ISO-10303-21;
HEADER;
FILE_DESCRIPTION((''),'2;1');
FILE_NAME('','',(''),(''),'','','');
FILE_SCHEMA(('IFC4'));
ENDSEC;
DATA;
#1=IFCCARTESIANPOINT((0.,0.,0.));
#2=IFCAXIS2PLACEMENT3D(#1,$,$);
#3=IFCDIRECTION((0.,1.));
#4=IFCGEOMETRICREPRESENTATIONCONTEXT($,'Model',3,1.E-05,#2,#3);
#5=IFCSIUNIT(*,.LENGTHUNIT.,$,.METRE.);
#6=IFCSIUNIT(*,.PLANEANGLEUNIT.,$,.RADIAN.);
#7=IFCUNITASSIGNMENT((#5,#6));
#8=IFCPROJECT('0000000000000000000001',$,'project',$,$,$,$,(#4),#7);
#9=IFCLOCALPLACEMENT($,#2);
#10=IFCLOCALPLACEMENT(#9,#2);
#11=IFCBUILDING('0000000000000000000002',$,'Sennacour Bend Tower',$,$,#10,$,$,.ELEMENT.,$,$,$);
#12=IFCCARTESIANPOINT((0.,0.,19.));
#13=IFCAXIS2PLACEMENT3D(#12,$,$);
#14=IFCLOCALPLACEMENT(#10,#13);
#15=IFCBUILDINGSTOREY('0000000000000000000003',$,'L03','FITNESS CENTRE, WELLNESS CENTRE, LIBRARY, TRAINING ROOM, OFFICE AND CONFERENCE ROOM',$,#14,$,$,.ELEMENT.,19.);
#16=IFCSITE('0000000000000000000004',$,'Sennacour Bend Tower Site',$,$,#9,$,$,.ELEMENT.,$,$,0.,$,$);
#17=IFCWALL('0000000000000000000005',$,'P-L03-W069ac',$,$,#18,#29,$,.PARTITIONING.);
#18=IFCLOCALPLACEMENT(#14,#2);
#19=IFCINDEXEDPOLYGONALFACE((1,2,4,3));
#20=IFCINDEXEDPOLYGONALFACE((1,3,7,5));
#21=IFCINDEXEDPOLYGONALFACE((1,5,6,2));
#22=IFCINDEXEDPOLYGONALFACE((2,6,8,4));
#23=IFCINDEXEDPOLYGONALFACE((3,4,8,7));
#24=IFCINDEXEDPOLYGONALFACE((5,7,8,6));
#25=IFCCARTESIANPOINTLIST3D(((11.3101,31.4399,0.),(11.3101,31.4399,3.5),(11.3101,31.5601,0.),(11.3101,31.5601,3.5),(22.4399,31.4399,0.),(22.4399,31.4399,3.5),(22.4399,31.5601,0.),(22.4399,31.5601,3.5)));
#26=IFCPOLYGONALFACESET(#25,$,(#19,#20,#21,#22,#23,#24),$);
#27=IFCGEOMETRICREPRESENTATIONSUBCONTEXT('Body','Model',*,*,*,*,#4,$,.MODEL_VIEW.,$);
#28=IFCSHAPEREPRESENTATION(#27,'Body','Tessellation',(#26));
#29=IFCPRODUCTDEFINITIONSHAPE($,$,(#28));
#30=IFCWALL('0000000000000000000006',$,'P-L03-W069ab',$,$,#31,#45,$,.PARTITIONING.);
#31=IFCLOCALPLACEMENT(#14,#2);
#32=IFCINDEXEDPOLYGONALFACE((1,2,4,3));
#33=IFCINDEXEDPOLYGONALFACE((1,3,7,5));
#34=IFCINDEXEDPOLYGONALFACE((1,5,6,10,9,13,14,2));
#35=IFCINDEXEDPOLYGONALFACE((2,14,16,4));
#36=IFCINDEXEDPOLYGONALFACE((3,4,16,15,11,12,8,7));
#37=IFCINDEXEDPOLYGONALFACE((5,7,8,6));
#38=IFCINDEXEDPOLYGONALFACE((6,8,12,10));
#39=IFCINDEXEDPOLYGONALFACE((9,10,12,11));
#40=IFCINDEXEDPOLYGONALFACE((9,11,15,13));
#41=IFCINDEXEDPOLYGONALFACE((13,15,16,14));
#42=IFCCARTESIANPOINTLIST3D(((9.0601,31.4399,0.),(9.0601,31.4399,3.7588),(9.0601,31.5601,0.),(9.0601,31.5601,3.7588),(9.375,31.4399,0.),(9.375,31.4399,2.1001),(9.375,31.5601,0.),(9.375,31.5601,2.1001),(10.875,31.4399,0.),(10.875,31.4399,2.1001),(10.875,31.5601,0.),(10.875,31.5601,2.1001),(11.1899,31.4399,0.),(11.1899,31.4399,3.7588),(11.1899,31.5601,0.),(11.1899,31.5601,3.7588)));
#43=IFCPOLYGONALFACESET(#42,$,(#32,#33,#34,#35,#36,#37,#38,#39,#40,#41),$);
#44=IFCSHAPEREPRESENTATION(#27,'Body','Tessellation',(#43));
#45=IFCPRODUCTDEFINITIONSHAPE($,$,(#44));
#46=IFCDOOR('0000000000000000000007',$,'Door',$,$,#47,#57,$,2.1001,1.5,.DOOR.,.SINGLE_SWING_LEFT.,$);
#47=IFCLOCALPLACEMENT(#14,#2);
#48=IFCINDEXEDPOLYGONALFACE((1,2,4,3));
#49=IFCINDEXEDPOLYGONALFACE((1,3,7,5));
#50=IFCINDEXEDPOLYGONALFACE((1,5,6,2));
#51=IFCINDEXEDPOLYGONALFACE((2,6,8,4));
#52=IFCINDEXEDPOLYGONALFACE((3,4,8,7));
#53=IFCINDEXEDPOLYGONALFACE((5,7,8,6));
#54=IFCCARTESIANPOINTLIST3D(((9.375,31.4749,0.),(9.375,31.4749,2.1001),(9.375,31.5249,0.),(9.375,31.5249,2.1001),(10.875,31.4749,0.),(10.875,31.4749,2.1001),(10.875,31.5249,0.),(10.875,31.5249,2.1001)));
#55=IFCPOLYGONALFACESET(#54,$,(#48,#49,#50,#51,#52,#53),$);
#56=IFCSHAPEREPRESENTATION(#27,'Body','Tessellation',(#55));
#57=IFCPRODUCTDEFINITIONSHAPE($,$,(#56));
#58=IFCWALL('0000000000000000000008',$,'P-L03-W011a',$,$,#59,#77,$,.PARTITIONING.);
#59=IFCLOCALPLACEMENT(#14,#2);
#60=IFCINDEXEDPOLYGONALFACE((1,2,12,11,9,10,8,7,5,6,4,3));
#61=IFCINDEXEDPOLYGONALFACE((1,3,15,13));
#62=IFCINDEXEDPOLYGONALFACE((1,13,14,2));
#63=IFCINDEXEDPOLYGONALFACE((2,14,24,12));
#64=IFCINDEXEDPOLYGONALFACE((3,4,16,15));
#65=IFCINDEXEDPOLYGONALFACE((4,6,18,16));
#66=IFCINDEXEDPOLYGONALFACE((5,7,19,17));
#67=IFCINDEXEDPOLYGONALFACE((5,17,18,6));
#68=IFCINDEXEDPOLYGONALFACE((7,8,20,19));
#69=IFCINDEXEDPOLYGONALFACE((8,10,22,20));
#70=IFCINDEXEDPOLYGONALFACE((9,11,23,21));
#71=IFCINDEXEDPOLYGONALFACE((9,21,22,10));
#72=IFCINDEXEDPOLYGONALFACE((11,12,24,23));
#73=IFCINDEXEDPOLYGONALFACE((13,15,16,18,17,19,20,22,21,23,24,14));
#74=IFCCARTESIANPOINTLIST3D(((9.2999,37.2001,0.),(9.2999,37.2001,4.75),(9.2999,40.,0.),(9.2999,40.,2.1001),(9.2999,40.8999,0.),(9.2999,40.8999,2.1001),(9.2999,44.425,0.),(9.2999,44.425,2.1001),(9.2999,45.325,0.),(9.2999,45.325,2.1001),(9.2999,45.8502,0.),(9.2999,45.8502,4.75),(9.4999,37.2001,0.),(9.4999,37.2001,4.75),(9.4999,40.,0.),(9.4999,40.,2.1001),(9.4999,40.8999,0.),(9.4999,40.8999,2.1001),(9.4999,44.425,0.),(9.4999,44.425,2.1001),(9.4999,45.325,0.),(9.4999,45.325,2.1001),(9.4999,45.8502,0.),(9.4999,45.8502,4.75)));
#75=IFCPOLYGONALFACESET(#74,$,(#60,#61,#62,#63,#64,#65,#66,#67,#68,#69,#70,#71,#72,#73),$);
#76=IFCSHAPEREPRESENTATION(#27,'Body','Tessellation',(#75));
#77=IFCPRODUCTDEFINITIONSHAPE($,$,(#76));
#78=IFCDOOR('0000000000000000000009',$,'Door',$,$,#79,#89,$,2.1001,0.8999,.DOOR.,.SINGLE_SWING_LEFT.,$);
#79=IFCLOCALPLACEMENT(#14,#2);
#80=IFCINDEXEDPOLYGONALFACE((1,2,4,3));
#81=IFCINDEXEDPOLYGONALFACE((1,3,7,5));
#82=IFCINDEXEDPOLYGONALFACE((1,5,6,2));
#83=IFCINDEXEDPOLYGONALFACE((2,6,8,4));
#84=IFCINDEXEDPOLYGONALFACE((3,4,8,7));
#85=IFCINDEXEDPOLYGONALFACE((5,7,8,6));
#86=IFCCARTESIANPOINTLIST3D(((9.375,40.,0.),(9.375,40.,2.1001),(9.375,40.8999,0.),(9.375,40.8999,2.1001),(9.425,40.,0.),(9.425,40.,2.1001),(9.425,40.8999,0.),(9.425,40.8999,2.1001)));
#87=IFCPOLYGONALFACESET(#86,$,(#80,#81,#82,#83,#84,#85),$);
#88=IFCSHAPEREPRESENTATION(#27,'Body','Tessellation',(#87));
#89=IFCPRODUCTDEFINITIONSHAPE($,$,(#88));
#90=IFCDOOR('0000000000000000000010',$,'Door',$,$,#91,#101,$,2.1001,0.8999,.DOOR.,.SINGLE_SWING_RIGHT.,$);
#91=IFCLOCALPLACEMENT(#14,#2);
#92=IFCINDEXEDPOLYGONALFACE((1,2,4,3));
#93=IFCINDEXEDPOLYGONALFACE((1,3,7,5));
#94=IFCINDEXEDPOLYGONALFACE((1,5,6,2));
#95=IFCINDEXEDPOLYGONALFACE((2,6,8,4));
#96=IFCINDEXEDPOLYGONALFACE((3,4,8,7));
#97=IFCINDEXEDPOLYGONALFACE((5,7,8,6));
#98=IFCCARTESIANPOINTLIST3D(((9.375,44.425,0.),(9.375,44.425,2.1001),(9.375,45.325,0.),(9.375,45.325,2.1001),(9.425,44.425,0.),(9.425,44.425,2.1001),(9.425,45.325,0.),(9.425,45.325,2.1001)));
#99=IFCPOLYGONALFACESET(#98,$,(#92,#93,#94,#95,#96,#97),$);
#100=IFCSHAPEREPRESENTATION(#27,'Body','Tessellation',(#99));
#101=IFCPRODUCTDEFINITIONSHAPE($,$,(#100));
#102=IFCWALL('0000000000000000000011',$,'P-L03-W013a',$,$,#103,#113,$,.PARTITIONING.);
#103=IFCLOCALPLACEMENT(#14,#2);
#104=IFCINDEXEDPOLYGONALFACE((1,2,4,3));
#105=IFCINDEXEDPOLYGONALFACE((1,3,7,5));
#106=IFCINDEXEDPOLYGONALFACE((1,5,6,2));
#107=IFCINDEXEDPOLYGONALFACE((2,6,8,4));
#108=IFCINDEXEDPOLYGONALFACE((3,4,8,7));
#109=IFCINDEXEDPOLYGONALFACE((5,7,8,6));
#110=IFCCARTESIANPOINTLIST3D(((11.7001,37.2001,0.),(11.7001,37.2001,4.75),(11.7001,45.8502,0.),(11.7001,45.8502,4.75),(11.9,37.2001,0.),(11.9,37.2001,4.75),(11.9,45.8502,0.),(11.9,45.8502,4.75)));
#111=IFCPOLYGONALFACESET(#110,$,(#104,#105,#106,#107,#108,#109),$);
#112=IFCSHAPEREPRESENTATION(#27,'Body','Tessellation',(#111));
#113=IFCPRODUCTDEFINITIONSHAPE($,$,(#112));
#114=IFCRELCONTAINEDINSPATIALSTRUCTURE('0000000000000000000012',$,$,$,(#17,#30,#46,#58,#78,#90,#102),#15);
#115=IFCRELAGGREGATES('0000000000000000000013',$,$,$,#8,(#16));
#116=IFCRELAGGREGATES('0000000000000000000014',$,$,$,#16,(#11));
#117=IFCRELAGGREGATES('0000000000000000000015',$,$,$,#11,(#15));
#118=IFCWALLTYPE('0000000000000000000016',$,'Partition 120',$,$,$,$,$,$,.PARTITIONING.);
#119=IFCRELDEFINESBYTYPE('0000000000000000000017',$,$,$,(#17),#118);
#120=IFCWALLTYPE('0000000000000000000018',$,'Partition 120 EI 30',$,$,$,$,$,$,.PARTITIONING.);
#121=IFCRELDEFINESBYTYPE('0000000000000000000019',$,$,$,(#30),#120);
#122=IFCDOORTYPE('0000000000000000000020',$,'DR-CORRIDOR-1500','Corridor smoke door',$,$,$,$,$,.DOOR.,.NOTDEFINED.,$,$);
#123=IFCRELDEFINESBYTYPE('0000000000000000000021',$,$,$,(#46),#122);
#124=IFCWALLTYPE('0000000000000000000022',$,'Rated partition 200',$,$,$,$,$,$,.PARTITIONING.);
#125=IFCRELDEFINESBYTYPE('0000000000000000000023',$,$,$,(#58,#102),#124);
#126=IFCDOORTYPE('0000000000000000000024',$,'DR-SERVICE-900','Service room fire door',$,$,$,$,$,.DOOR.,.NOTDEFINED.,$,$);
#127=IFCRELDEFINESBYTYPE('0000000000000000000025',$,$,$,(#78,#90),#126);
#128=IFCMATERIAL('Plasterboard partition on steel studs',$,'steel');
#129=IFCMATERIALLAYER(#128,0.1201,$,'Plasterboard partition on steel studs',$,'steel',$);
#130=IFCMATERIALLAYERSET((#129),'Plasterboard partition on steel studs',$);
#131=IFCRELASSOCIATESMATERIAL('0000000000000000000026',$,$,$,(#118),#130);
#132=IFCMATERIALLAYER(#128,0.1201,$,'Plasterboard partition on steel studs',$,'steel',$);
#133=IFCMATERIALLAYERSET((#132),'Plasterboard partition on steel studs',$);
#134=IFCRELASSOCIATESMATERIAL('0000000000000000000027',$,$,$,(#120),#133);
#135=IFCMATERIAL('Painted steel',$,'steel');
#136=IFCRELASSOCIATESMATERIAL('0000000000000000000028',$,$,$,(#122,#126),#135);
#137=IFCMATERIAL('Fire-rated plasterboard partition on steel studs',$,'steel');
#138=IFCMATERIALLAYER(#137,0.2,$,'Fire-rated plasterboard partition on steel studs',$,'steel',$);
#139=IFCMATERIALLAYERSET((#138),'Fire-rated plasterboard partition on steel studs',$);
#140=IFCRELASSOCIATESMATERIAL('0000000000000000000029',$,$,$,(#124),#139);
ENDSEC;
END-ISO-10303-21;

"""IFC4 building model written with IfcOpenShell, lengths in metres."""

from ifc_helpers import new_model, si_unit, direction, frame, frame_2d, origin, place, context, subcontext, project, spatial, rectangle, extrude, material, layer, layer_set, type_object, element, fill, save


model = new_model("IFC4")

# Units and contexts
model_context = context("Model", 3, precision=1e-05, world=origin(), true_north=direction((0.0, 1.0)))
body_context = subcontext(model_context, "Body", "Model", "MODEL_VIEW")
ifc_project = project(units=[si_unit("LENGTHUNIT", "METRE"), si_unit("PLANEANGLEUNIT", "RADIAN")], contexts=[model_context])

# Site, building, storey
site_placement = place(None, origin())
site = spatial("IfcSite", under=ifc_project, at=site_placement, Name="Sennacour Bend Tower Site", CompositionType="ELEMENT", RefElevation=0.0)
building_placement = place(site_placement, origin())
building = spatial("IfcBuilding", under=site, at=building_placement, Name="Sennacour Bend Tower", CompositionType="ELEMENT")
storey_placement = place(building_placement, frame((0.0, 0.0, 19.0)))
storey = spatial("IfcBuildingStorey", under=building, at=storey_placement, Name="L03", Description="FITNESS CENTRE, WELLNESS CENTRE, LIBRARY, TRAINING ROOM, OFFICE AND CONFERENCE ROOM", CompositionType="ELEMENT", Elevation=19.0)

# Wall
ifc_material_1 = material(Name="Plasterboard partition on steel studs", Category="steel")
ifc_layer_1 = layer(ifc_material_1, 0.1201, Name="Plasterboard partition on steel studs", Category="steel")
ifc_layer_set_1 = layer_set([ifc_layer_1], Name="Plasterboard partition on steel studs")
wall_type_1 = type_object("IfcWallType", Name="Partition 120", PredefinedType="PARTITIONING", material=ifc_layer_set_1)
wall_1_placement = place(storey_placement, frame((11.3101, 31.5, 0.0), z_axis=(0.0, 0.0, 1.0), x_axis=(1.0, 0.0, 0.0)))
element("IfcWall", 1, at=wall_1_placement, inside=storey, type_object=wall_type_1, Name="P-L03-W069ac", PredefinedType="PARTITIONING", context=body_context, shape_type="SweptSolid", body=[
    extrude(rectangle(XDim=11.1299, YDim=0.1201, at=frame_2d((5.5649, 0.0))), origin(), (0.0, 0.0, 1.0), 3.5),
])

# Wall, opening, door
ifc_layer_2 = layer(ifc_material_1, 0.1201, Name="Plasterboard partition on steel studs", Category="steel")
ifc_layer_set_2 = layer_set([ifc_layer_2], Name="Plasterboard partition on steel studs")
wall_type_2 = type_object("IfcWallType", Name="Partition 120 EI 30", PredefinedType="PARTITIONING", material=ifc_layer_set_2)
wall_2_placement = place(storey_placement, frame((9.0601, 31.5, 0.0), z_axis=(0.0, 0.0, 1.0), x_axis=(1.0, 0.0, 0.0)))
wall_2 = element("IfcWall", 2, at=wall_2_placement, inside=storey, type_object=wall_type_2, Name="P-L03-W069ab", PredefinedType="PARTITIONING", context=body_context, shape_type="SweptSolid", body=[
    extrude(rectangle(XDim=2.1299, YDim=0.1201, at=frame_2d((1.0649, 0.0))), origin(), (0.0, 0.0, 1.0), 3.7588),
])
opening_1_placement = place(wall_2_placement, frame((0.3149, 0.0, 0.0)))
opening_1 = element("IfcOpeningElement", 3, at=opening_1_placement, cuts=wall_2, PredefinedType="OPENING", context=body_context, shape_type="SweptSolid", body=[
    extrude(rectangle(XDim=1.5, YDim=2.1001, at=frame_2d((0.75, 1.05))), frame((0.0, 0.0701, 0.0), z_axis=(0.0, -1.0, 0.0), x_axis=(1.0, 0.0, 0.0)), (0.0, 0.0, 1.0), 0.1401),
])
ifc_material_2 = material(Name="Painted steel", Category="steel")
door_type_1 = type_object("IfcDoorType", Name="DR-CORRIDOR-1500", Description="Corridor smoke door", OperationType="NOTDEFINED", PredefinedType="DOOR", material=ifc_material_2)
door_1_placement = place(opening_1_placement, origin())
door_1 = element("IfcDoor", 4, at=door_1_placement, inside=storey, type_object=door_type_1, Name="Door", OperationType="SINGLE_SWING_LEFT", OverallHeight=2.1001, OverallWidth=1.5, PredefinedType="DOOR", context=body_context, shape_type="SweptSolid", body=[
    extrude(rectangle(XDim=1.5, YDim=2.1001, at=frame_2d((0.75, 1.05))), frame((0.0, 0.0249, 0.0), z_axis=(0.0, -1.0, 0.0), x_axis=(1.0, 0.0, 0.0)), (0.0, 0.0, 1.0), 0.05),
])
fill(opening_1, door_1)

# Wall, openings, doors
ifc_material_3 = material(Name="Fire-rated plasterboard partition on steel studs", Category="steel")
ifc_layer_3 = layer(ifc_material_3, 0.2, Name="Fire-rated plasterboard partition on steel studs", Category="steel")
ifc_layer_set_3 = layer_set([ifc_layer_3], Name="Fire-rated plasterboard partition on steel studs")
wall_type_3 = type_object("IfcWallType", Name="Rated partition 200", PredefinedType="PARTITIONING", material=ifc_layer_set_3)
wall_3_placement = place(storey_placement, frame((9.3999, 37.2, 0.0), z_axis=(0.0, 0.0, 1.0), x_axis=(0.0, 1.0, 0.0)))
wall_3 = element("IfcWall", 5, at=wall_3_placement, inside=storey, type_object=wall_type_3, Name="P-L03-W011a", PredefinedType="PARTITIONING", context=body_context, shape_type="SweptSolid", body=[
    extrude(rectangle(XDim=8.6501, YDim=0.2, at=frame_2d((4.3252, 0.0))), origin(), (0.0, 0.0, 1.0), 4.75),
])
opening_2_placement = place(wall_3_placement, frame((2.8, 0.0, 0.0)))
opening_2 = element("IfcOpeningElement", 6, at=opening_2_placement, cuts=wall_3, PredefinedType="OPENING", context=body_context, shape_type="SweptSolid", body=[
    extrude(rectangle(XDim=0.8999, YDim=2.1001, at=frame_2d((0.45, 1.05))), frame((0.0, 0.1099, 0.0), z_axis=(0.0, -1.0, 0.0), x_axis=(1.0, 0.0, 0.0)), (0.0, 0.0, 1.0), 0.22),
])
opening_3_placement = place(wall_3_placement, frame((7.2251, 0.0, 0.0)))
opening_3 = element("IfcOpeningElement", 7, at=opening_3_placement, cuts=wall_3, PredefinedType="OPENING", context=body_context, shape_type="SweptSolid", body=[
    extrude(rectangle(XDim=0.8999, YDim=2.1001, at=frame_2d((0.45, 1.05))), frame((0.0, 0.1099, 0.0), z_axis=(0.0, -1.0, 0.0), x_axis=(1.0, 0.0, 0.0)), (0.0, 0.0, 1.0), 0.22),
])
door_type_2 = type_object("IfcDoorType", Name="DR-SERVICE-900", Description="Service room fire door", OperationType="NOTDEFINED", PredefinedType="DOOR", material=ifc_material_2)
door_2_placement = place(opening_2_placement, origin())
door_2 = element("IfcDoor", 8, at=door_2_placement, inside=storey, type_object=door_type_2, Name="Door", OperationType="SINGLE_SWING_LEFT", OverallHeight=2.1001, OverallWidth=0.8999, PredefinedType="DOOR", context=body_context, shape_type="SweptSolid", body=[
    extrude(rectangle(XDim=0.8999, YDim=2.1001, at=frame_2d((0.45, 1.05))), frame((0.0, 0.0249, 0.0), z_axis=(0.0, -1.0, 0.0), x_axis=(1.0, 0.0, 0.0)), (0.0, 0.0, 1.0), 0.05),
])
fill(opening_2, door_2)
door_3_placement = place(opening_3_placement, origin())
door_3 = element("IfcDoor", 9, at=door_3_placement, inside=storey, type_object=door_type_2, Name="Door", OperationType="SINGLE_SWING_RIGHT", OverallHeight=2.1001, OverallWidth=0.8999, PredefinedType="DOOR", context=body_context, shape_type="SweptSolid", body=[
    extrude(rectangle(XDim=0.8999, YDim=2.1001, at=frame_2d((0.45, 1.05))), frame((0.0, 0.0249, 0.0), z_axis=(0.0, -1.0, 0.0), x_axis=(1.0, 0.0, 0.0)), (0.0, 0.0, 1.0), 0.05),
])
fill(opening_3, door_3)

# Wall
wall_4_placement = place(storey_placement, frame((11.8, 37.2, 0.0), z_axis=(0.0, 0.0, 1.0), x_axis=(0.0, 1.0, 0.0)))
element("IfcWall", 10, at=wall_4_placement, inside=storey, type_object=wall_type_3, Name="P-L03-W013a", PredefinedType="PARTITIONING", context=body_context, shape_type="SweptSolid", body=[
    extrude(rectangle(XDim=8.6501, YDim=0.2, at=frame_2d((4.3252, 0.0))), origin(), (0.0, 0.0, 1.0), 4.75),
])

save(model, "model.ifc")
